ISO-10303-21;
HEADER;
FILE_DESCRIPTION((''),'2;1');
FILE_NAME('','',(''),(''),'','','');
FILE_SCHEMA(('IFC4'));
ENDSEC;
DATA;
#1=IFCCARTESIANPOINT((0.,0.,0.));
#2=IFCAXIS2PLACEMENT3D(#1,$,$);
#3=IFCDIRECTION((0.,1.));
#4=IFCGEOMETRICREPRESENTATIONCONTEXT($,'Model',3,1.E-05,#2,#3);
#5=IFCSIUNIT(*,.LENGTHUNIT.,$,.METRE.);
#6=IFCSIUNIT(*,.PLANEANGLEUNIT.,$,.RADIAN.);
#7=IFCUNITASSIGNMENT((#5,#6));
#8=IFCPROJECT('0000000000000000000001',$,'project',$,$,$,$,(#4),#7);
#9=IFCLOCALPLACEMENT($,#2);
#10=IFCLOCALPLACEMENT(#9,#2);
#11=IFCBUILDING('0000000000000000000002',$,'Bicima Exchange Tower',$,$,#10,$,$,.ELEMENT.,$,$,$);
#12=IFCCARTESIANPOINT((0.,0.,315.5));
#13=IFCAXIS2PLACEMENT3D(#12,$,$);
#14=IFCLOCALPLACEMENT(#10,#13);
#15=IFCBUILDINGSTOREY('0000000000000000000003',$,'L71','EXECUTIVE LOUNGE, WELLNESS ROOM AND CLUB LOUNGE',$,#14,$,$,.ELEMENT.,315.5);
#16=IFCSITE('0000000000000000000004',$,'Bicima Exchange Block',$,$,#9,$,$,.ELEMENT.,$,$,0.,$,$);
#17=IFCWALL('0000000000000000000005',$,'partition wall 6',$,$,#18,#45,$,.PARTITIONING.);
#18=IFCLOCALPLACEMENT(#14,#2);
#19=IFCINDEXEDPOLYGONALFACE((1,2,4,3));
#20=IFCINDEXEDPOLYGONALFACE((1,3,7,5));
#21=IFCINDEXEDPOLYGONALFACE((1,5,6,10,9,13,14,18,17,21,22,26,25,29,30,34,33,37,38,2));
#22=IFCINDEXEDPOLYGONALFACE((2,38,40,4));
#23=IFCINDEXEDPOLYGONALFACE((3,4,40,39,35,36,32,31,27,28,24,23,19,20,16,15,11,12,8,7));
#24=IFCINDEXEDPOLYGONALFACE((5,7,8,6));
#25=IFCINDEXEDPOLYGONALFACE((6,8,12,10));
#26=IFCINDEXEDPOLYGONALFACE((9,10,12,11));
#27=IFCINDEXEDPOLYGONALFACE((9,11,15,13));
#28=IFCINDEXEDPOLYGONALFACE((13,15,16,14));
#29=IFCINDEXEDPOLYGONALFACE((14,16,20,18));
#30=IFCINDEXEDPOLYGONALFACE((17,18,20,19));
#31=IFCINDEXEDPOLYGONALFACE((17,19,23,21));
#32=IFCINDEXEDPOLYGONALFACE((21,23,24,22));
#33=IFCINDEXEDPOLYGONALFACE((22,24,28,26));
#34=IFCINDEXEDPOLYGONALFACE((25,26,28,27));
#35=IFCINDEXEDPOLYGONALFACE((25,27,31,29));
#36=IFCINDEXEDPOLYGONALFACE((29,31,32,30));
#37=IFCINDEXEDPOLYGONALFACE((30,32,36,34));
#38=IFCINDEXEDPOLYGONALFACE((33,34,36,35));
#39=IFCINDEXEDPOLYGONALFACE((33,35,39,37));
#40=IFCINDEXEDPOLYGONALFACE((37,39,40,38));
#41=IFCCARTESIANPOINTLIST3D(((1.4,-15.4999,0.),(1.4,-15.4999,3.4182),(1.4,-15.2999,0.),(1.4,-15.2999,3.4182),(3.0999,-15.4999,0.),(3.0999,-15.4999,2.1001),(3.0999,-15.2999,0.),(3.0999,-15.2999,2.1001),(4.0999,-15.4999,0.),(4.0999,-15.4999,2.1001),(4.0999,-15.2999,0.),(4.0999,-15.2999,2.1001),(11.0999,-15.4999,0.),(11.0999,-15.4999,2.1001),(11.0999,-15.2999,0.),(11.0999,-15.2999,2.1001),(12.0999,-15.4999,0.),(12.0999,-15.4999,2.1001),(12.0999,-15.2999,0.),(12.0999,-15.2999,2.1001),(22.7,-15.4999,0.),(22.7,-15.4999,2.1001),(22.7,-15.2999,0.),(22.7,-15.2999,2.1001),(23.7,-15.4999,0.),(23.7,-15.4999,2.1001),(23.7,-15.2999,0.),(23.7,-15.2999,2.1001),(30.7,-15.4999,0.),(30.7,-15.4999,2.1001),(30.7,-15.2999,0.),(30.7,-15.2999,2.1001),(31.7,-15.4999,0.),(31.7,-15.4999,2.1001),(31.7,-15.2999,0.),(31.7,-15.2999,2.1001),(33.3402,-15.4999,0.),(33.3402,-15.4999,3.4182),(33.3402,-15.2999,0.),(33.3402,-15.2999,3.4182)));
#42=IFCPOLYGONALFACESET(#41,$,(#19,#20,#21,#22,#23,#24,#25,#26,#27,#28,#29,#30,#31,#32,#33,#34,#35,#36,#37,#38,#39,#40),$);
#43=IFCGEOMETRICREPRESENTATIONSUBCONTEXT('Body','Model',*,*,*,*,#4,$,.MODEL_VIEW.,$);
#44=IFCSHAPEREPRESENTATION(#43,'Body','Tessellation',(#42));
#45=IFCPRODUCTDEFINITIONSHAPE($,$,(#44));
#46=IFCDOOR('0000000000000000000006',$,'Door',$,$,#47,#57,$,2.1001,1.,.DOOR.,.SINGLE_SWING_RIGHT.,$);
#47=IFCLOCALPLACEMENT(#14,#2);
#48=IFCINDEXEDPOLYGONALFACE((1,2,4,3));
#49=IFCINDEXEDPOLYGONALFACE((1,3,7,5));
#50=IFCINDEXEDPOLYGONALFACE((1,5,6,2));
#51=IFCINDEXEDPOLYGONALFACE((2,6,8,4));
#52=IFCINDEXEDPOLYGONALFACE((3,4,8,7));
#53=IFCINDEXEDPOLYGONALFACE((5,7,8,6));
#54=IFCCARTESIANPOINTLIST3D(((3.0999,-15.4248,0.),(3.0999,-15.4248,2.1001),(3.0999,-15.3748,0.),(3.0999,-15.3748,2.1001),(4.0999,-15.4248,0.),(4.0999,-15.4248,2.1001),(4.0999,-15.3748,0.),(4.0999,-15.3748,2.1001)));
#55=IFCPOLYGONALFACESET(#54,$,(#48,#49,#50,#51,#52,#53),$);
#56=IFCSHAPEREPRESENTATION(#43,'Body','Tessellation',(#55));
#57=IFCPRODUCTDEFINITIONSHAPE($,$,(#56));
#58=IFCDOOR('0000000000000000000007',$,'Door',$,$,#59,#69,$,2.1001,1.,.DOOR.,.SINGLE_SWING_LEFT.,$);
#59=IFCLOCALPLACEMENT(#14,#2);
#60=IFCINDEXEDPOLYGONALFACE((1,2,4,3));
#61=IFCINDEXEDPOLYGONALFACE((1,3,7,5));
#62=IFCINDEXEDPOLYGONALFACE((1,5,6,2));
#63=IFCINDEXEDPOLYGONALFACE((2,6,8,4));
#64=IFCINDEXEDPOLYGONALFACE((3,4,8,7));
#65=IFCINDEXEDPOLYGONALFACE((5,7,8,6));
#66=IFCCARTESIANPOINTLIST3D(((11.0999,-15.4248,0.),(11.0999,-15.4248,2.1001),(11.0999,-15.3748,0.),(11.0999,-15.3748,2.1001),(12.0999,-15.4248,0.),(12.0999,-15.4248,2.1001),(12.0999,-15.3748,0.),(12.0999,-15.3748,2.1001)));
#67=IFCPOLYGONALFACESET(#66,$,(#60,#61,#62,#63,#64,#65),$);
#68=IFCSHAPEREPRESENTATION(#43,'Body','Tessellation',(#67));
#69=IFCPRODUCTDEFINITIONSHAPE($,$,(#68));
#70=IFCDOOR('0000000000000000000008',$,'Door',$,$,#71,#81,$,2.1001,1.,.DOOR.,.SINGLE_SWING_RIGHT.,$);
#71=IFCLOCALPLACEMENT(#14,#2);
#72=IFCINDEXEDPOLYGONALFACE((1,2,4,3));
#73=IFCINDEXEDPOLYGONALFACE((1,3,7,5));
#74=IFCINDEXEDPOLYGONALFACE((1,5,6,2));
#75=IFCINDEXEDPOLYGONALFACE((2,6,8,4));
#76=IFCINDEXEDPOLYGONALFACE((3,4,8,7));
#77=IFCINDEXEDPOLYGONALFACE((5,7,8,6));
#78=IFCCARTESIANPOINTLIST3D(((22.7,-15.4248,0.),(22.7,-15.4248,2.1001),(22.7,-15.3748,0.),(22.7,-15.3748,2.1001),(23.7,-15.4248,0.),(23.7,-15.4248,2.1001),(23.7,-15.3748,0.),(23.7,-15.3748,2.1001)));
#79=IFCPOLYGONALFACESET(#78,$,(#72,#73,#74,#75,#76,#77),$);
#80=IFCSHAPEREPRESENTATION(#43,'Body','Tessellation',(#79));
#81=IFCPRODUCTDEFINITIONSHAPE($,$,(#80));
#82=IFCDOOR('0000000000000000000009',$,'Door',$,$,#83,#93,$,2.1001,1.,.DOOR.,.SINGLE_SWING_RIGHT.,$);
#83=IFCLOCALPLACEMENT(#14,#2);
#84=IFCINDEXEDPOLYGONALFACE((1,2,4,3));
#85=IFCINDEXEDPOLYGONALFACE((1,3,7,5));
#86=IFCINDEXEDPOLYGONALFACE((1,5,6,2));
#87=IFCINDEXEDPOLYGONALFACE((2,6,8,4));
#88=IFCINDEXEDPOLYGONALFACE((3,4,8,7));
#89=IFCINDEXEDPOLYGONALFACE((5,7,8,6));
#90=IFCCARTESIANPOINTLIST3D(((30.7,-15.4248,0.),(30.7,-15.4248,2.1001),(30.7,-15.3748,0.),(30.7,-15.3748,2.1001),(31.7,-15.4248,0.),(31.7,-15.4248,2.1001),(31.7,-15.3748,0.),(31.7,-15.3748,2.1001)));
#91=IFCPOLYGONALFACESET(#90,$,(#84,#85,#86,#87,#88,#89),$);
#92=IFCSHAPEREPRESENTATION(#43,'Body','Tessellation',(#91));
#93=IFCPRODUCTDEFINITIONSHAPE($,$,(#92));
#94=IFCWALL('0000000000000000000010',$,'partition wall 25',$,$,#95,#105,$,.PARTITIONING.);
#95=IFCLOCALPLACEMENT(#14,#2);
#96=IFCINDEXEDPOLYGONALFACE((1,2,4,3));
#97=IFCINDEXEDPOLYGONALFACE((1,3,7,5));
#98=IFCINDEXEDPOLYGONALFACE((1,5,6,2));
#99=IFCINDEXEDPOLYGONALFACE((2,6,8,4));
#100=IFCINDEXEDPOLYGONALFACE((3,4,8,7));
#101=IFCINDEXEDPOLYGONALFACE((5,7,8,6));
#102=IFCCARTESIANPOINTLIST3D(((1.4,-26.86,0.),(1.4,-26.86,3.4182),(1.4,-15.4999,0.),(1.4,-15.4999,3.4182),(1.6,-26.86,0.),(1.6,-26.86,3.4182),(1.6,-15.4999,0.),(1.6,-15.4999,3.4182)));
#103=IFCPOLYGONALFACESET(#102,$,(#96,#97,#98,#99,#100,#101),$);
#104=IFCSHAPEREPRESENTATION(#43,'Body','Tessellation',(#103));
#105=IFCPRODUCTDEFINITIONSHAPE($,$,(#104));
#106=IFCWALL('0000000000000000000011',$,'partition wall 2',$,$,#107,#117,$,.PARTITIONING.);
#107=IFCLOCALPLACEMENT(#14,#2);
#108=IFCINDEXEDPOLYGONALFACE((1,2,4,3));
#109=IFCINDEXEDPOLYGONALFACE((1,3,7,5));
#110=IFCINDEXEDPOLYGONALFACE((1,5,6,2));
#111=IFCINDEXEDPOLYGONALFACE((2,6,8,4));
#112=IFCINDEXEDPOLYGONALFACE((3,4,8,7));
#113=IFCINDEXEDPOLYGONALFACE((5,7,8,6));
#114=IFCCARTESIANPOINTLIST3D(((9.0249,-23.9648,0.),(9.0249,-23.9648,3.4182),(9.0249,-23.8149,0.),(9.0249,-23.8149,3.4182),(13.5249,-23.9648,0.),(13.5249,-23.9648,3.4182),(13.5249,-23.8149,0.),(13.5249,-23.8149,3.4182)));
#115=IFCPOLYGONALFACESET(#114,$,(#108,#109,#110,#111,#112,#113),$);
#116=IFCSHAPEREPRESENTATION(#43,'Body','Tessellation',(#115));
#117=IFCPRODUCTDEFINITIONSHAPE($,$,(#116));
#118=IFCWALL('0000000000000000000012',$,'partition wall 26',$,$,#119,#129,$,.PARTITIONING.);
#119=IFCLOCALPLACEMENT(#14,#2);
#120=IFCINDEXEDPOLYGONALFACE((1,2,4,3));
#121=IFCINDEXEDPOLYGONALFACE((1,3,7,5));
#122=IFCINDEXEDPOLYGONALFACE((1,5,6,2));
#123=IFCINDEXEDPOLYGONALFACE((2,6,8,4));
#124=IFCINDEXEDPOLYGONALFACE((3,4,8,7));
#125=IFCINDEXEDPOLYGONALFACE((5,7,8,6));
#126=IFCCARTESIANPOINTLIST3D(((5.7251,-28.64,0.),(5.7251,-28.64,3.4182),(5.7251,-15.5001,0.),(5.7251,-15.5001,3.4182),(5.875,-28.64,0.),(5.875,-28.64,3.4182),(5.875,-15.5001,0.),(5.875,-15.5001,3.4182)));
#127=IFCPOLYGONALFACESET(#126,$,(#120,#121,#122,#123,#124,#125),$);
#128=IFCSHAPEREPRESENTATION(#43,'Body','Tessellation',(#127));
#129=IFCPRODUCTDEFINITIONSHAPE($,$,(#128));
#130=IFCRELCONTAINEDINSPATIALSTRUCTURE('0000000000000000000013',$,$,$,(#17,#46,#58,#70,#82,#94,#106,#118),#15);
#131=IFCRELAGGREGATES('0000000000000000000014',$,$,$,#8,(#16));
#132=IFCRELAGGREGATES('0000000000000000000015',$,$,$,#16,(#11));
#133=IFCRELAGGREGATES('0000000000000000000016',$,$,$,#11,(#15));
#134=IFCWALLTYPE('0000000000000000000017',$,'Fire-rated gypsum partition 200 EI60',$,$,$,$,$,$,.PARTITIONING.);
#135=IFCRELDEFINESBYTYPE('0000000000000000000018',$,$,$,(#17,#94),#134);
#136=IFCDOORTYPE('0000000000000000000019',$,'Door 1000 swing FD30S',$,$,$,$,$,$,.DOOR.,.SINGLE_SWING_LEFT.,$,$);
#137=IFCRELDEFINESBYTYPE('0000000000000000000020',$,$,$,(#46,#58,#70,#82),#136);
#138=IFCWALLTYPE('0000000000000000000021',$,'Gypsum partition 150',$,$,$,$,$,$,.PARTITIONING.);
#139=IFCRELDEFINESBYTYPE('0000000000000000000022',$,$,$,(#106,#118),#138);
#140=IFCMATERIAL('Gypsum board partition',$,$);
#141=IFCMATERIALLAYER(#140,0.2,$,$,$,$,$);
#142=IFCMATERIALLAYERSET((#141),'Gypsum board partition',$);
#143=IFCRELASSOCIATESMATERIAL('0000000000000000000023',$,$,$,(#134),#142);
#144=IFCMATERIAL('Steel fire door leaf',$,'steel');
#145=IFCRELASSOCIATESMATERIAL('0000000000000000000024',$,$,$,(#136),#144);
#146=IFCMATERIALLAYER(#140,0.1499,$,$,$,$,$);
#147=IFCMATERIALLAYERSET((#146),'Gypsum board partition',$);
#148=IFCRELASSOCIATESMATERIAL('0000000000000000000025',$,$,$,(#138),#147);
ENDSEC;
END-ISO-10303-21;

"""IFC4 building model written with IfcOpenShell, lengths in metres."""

from ifc_helpers import new_model, si_unit, direction, frame, frame_2d, origin, place, context, subcontext, project, spatial, rectangle, extrude, material, layer, layer_set, type_object, element, fill, save


model = new_model("IFC4")

# Units and contexts
model_context = context("Model", 3, precision=1e-05, world=origin(), true_north=direction((0.0, 1.0)))
body_context = subcontext(model_context, "Body", "Model", "MODEL_VIEW")
ifc_project = project(units=[si_unit("LENGTHUNIT", "METRE"), si_unit("PLANEANGLEUNIT", "RADIAN")], contexts=[model_context])

# Site, building, storey
site_placement = place(None, origin())
site = spatial("IfcSite", under=ifc_project, at=site_placement, Name="Bicima Exchange Block", CompositionType="ELEMENT", RefElevation=0.0)
building_placement = place(site_placement, origin())
building = spatial("IfcBuilding", under=site, at=building_placement, Name="Bicima Exchange Tower", CompositionType="ELEMENT")
storey_placement = place(building_placement, frame((0.0, 0.0, 315.5)))
storey = spatial("IfcBuildingStorey", under=building, at=storey_placement, Name="L71", Description="EXECUTIVE LOUNGE, WELLNESS ROOM AND CLUB LOUNGE", CompositionType="ELEMENT", Elevation=315.5)

# Wall, openings, doors
ifc_material_1 = material(Name="Gypsum board partition")
ifc_layer_1 = layer(ifc_material_1, 0.2)
ifc_layer_set_1 = layer_set([ifc_layer_1], Name="Gypsum board partition")
wall_type_1 = type_object("IfcWallType", Name="Fire-rated gypsum partition 200 EI60", PredefinedType="PARTITIONING", material=ifc_layer_set_1)
wall_1_placement = place(storey_placement, frame((1.3999, -15.3999, 0.0), z_axis=(0.0, 0.0, 1.0), x_axis=(1.0, 0.0, 0.0)))
wall_1 = element("IfcWall", 1, at=wall_1_placement, inside=storey, type_object=wall_type_1, Name="partition wall 6", PredefinedType="PARTITIONING", context=body_context, shape_type="SweptSolid", body=[
    extrude(rectangle(XDim=31.9402, YDim=0.2, at=frame_2d((15.9702, 0.0))), origin(), (0.0, 0.0, 1.0), 3.4182),
])
opening_1_placement = place(wall_1_placement, frame((1.7, 0.0, 0.0)))
opening_1 = element("IfcOpeningElement", 2, at=opening_1_placement, cuts=wall_1, PredefinedType="OPENING", context=body_context, shape_type="SweptSolid", body=[
    extrude(rectangle(XDim=1.0, YDim=2.1001, at=frame_2d((0.5, 1.05))), frame((0.0, 0.1118, 0.0), z_axis=(0.0, -1.0, 0.0), x_axis=(1.0, 0.0, 0.0)), (0.0, 0.0, 1.0), 0.2239),
])
opening_2_placement = place(wall_1_placement, frame((9.7, 0.0, 0.0)))
opening_2 = element("IfcOpeningElement", 3, at=opening_2_placement, cuts=wall_1, PredefinedType="OPENING", context=body_context, shape_type="SweptSolid", body=[
    extrude(rectangle(XDim=1.0, YDim=2.1001, at=frame_2d((0.5, 1.05))), frame((0.0, 0.1118, 0.0), z_axis=(0.0, -1.0, 0.0), x_axis=(1.0, 0.0, 0.0)), (0.0, 0.0, 1.0), 0.2239),
])
opening_3_placement = place(wall_1_placement, frame((21.3, 0.0, 0.0)))
opening_3 = element("IfcOpeningElement", 4, at=opening_3_placement, cuts=wall_1, PredefinedType="OPENING", context=body_context, shape_type="SweptSolid", body=[
    extrude(rectangle(XDim=1.0, YDim=2.1001, at=frame_2d((0.5, 1.05))), frame((0.0, 0.1118, 0.0), z_axis=(0.0, -1.0, 0.0), x_axis=(1.0, 0.0, 0.0)), (0.0, 0.0, 1.0), 0.2239),
])
opening_4_placement = place(wall_1_placement, frame((29.3, 0.0, 0.0)))
opening_4 = element("IfcOpeningElement", 5, at=opening_4_placement, cuts=wall_1, PredefinedType="OPENING", context=body_context, shape_type="SweptSolid", body=[
    extrude(rectangle(XDim=1.0, YDim=2.1001, at=frame_2d((0.5, 1.05))), frame((0.0, 0.1118, 0.0), z_axis=(0.0, -1.0, 0.0), x_axis=(1.0, 0.0, 0.0)), (0.0, 0.0, 1.0), 0.2239),
])
ifc_material_2 = material(Name="Steel fire door leaf", Category="steel")
door_type = type_object("IfcDoorType", Name="Door 1000 swing FD30S", OperationType="SINGLE_SWING_LEFT", PredefinedType="DOOR", material=ifc_material_2)
door_1_placement = place(opening_1_placement, frame((1.0, 0.0, 0.0), z_axis=(0.0, 0.0, 1.0), x_axis=(-1.0, 0.0, 0.0)))
door_1 = element("IfcDoor", 6, at=door_1_placement, inside=storey, type_object=door_type, Name="Door", OperationType="SINGLE_SWING_RIGHT", OverallHeight=2.1001, OverallWidth=1.0, PredefinedType="DOOR", context=body_context, shape_type="SweptSolid", body=[
    extrude(rectangle(XDim=1.0, YDim=2.1001, at=frame_2d((0.5, 1.05))), frame((0.0, 0.0249, 0.0), z_axis=(0.0, -1.0, 0.0), x_axis=(1.0, 0.0, 0.0)), (0.0, 0.0, 1.0), 0.05),
])
fill(opening_1, door_1)
door_2_placement = place(opening_2_placement, frame((1.0, 0.0, 0.0), z_axis=(0.0, 0.0, 1.0), x_axis=(-1.0, 0.0, 0.0)))
door_2 = element("IfcDoor", 7, at=door_2_placement, inside=storey, type_object=door_type, Name="Door", OperationType="SINGLE_SWING_LEFT", OverallHeight=2.1001, OverallWidth=1.0, PredefinedType="DOOR", context=body_context, shape_type="SweptSolid", body=[
    extrude(rectangle(XDim=1.0, YDim=2.1001, at=frame_2d((0.5, 1.05))), frame((0.0, 0.0249, 0.0), z_axis=(0.0, -1.0, 0.0), x_axis=(1.0, 0.0, 0.0)), (0.0, 0.0, 1.0), 0.05),
])
fill(opening_2, door_2)
door_3_placement = place(opening_3_placement, frame((1.0, 0.0, 0.0), z_axis=(0.0, 0.0, 1.0), x_axis=(-1.0, 0.0, 0.0)))
door_3 = element("IfcDoor", 8, at=door_3_placement, inside=storey, type_object=door_type, Name="Door", OperationType="SINGLE_SWING_RIGHT", OverallHeight=2.1001, OverallWidth=1.0, PredefinedType="DOOR", context=body_context, shape_type="SweptSolid", body=[
    extrude(rectangle(XDim=1.0, YDim=2.1001, at=frame_2d((0.5, 1.05))), frame((0.0, 0.0249, 0.0), z_axis=(0.0, -1.0, 0.0), x_axis=(1.0, 0.0, 0.0)), (0.0, 0.0, 1.0), 0.05),
])
fill(opening_3, door_3)
door_4_placement = place(opening_4_placement, frame((1.0, 0.0, 0.0), z_axis=(0.0, 0.0, 1.0), x_axis=(-1.0, 0.0, 0.0)))
door_4 = element("IfcDoor", 9, at=door_4_placement, inside=storey, type_object=door_type, Name="Door", OperationType="SINGLE_SWING_RIGHT", OverallHeight=2.1001, OverallWidth=1.0, PredefinedType="DOOR", context=body_context, shape_type="SweptSolid", body=[
    extrude(rectangle(XDim=1.0, YDim=2.1001, at=frame_2d((0.5, 1.05))), frame((0.0, 0.0249, 0.0), z_axis=(0.0, -1.0, 0.0), x_axis=(1.0, 0.0, 0.0)), (0.0, 0.0, 1.0), 0.05),
])
fill(opening_4, door_4)

# Walls
wall_2_placement = place(storey_placement, frame((1.5, -26.8601, 0.0), z_axis=(0.0, 0.0, 1.0), x_axis=(0.0, 1.0, 0.0)))
element("IfcWall", 10, at=wall_2_placement, inside=storey, type_object=wall_type_1, Name="partition wall 25", PredefinedType="PARTITIONING", context=body_context, shape_type="SweptSolid", body=[
    extrude(rectangle(XDim=11.3601, YDim=0.2, at=frame_2d((5.6802, 0.0))), origin(), (0.0, 0.0, 1.0), 3.4182),
])
ifc_layer_2 = layer(ifc_material_1, 0.1499)
ifc_layer_set_2 = layer_set([ifc_layer_2], Name="Gypsum board partition")
wall_type_2 = type_object("IfcWallType", Name="Gypsum partition 150", PredefinedType="PARTITIONING", material=ifc_layer_set_2)
wall_3_placement = place(storey_placement, frame((9.0249, -23.8899, 0.0), z_axis=(0.0, 0.0, 1.0), x_axis=(1.0, 0.0, 0.0)))
element("IfcWall", 11, at=wall_3_placement, inside=storey, type_object=wall_type_2, Name="partition wall 2", PredefinedType="PARTITIONING", context=body_context, shape_type="SweptSolid", body=[
    extrude(rectangle(XDim=4.5, YDim=0.1499, at=frame_2d((2.25, 0.0))), origin(), (0.0, 0.0, 1.0), 3.4182),
])
wall_4_placement = place(storey_placement, frame((5.8, -28.6399, 0.0), z_axis=(0.0, 0.0, 1.0), x_axis=(0.0, 1.0, 0.0)))
element("IfcWall", 12, at=wall_4_placement, inside=storey, type_object=wall_type_2, Name="partition wall 26", PredefinedType="PARTITIONING", context=body_context, shape_type="SweptSolid", body=[
    extrude(rectangle(XDim=13.1399, YDim=0.1499, at=frame_2d((6.5698, 0.0))), origin(), (0.0, 0.0, 1.0), 3.4182),
])

save(model, "model.ifc")
